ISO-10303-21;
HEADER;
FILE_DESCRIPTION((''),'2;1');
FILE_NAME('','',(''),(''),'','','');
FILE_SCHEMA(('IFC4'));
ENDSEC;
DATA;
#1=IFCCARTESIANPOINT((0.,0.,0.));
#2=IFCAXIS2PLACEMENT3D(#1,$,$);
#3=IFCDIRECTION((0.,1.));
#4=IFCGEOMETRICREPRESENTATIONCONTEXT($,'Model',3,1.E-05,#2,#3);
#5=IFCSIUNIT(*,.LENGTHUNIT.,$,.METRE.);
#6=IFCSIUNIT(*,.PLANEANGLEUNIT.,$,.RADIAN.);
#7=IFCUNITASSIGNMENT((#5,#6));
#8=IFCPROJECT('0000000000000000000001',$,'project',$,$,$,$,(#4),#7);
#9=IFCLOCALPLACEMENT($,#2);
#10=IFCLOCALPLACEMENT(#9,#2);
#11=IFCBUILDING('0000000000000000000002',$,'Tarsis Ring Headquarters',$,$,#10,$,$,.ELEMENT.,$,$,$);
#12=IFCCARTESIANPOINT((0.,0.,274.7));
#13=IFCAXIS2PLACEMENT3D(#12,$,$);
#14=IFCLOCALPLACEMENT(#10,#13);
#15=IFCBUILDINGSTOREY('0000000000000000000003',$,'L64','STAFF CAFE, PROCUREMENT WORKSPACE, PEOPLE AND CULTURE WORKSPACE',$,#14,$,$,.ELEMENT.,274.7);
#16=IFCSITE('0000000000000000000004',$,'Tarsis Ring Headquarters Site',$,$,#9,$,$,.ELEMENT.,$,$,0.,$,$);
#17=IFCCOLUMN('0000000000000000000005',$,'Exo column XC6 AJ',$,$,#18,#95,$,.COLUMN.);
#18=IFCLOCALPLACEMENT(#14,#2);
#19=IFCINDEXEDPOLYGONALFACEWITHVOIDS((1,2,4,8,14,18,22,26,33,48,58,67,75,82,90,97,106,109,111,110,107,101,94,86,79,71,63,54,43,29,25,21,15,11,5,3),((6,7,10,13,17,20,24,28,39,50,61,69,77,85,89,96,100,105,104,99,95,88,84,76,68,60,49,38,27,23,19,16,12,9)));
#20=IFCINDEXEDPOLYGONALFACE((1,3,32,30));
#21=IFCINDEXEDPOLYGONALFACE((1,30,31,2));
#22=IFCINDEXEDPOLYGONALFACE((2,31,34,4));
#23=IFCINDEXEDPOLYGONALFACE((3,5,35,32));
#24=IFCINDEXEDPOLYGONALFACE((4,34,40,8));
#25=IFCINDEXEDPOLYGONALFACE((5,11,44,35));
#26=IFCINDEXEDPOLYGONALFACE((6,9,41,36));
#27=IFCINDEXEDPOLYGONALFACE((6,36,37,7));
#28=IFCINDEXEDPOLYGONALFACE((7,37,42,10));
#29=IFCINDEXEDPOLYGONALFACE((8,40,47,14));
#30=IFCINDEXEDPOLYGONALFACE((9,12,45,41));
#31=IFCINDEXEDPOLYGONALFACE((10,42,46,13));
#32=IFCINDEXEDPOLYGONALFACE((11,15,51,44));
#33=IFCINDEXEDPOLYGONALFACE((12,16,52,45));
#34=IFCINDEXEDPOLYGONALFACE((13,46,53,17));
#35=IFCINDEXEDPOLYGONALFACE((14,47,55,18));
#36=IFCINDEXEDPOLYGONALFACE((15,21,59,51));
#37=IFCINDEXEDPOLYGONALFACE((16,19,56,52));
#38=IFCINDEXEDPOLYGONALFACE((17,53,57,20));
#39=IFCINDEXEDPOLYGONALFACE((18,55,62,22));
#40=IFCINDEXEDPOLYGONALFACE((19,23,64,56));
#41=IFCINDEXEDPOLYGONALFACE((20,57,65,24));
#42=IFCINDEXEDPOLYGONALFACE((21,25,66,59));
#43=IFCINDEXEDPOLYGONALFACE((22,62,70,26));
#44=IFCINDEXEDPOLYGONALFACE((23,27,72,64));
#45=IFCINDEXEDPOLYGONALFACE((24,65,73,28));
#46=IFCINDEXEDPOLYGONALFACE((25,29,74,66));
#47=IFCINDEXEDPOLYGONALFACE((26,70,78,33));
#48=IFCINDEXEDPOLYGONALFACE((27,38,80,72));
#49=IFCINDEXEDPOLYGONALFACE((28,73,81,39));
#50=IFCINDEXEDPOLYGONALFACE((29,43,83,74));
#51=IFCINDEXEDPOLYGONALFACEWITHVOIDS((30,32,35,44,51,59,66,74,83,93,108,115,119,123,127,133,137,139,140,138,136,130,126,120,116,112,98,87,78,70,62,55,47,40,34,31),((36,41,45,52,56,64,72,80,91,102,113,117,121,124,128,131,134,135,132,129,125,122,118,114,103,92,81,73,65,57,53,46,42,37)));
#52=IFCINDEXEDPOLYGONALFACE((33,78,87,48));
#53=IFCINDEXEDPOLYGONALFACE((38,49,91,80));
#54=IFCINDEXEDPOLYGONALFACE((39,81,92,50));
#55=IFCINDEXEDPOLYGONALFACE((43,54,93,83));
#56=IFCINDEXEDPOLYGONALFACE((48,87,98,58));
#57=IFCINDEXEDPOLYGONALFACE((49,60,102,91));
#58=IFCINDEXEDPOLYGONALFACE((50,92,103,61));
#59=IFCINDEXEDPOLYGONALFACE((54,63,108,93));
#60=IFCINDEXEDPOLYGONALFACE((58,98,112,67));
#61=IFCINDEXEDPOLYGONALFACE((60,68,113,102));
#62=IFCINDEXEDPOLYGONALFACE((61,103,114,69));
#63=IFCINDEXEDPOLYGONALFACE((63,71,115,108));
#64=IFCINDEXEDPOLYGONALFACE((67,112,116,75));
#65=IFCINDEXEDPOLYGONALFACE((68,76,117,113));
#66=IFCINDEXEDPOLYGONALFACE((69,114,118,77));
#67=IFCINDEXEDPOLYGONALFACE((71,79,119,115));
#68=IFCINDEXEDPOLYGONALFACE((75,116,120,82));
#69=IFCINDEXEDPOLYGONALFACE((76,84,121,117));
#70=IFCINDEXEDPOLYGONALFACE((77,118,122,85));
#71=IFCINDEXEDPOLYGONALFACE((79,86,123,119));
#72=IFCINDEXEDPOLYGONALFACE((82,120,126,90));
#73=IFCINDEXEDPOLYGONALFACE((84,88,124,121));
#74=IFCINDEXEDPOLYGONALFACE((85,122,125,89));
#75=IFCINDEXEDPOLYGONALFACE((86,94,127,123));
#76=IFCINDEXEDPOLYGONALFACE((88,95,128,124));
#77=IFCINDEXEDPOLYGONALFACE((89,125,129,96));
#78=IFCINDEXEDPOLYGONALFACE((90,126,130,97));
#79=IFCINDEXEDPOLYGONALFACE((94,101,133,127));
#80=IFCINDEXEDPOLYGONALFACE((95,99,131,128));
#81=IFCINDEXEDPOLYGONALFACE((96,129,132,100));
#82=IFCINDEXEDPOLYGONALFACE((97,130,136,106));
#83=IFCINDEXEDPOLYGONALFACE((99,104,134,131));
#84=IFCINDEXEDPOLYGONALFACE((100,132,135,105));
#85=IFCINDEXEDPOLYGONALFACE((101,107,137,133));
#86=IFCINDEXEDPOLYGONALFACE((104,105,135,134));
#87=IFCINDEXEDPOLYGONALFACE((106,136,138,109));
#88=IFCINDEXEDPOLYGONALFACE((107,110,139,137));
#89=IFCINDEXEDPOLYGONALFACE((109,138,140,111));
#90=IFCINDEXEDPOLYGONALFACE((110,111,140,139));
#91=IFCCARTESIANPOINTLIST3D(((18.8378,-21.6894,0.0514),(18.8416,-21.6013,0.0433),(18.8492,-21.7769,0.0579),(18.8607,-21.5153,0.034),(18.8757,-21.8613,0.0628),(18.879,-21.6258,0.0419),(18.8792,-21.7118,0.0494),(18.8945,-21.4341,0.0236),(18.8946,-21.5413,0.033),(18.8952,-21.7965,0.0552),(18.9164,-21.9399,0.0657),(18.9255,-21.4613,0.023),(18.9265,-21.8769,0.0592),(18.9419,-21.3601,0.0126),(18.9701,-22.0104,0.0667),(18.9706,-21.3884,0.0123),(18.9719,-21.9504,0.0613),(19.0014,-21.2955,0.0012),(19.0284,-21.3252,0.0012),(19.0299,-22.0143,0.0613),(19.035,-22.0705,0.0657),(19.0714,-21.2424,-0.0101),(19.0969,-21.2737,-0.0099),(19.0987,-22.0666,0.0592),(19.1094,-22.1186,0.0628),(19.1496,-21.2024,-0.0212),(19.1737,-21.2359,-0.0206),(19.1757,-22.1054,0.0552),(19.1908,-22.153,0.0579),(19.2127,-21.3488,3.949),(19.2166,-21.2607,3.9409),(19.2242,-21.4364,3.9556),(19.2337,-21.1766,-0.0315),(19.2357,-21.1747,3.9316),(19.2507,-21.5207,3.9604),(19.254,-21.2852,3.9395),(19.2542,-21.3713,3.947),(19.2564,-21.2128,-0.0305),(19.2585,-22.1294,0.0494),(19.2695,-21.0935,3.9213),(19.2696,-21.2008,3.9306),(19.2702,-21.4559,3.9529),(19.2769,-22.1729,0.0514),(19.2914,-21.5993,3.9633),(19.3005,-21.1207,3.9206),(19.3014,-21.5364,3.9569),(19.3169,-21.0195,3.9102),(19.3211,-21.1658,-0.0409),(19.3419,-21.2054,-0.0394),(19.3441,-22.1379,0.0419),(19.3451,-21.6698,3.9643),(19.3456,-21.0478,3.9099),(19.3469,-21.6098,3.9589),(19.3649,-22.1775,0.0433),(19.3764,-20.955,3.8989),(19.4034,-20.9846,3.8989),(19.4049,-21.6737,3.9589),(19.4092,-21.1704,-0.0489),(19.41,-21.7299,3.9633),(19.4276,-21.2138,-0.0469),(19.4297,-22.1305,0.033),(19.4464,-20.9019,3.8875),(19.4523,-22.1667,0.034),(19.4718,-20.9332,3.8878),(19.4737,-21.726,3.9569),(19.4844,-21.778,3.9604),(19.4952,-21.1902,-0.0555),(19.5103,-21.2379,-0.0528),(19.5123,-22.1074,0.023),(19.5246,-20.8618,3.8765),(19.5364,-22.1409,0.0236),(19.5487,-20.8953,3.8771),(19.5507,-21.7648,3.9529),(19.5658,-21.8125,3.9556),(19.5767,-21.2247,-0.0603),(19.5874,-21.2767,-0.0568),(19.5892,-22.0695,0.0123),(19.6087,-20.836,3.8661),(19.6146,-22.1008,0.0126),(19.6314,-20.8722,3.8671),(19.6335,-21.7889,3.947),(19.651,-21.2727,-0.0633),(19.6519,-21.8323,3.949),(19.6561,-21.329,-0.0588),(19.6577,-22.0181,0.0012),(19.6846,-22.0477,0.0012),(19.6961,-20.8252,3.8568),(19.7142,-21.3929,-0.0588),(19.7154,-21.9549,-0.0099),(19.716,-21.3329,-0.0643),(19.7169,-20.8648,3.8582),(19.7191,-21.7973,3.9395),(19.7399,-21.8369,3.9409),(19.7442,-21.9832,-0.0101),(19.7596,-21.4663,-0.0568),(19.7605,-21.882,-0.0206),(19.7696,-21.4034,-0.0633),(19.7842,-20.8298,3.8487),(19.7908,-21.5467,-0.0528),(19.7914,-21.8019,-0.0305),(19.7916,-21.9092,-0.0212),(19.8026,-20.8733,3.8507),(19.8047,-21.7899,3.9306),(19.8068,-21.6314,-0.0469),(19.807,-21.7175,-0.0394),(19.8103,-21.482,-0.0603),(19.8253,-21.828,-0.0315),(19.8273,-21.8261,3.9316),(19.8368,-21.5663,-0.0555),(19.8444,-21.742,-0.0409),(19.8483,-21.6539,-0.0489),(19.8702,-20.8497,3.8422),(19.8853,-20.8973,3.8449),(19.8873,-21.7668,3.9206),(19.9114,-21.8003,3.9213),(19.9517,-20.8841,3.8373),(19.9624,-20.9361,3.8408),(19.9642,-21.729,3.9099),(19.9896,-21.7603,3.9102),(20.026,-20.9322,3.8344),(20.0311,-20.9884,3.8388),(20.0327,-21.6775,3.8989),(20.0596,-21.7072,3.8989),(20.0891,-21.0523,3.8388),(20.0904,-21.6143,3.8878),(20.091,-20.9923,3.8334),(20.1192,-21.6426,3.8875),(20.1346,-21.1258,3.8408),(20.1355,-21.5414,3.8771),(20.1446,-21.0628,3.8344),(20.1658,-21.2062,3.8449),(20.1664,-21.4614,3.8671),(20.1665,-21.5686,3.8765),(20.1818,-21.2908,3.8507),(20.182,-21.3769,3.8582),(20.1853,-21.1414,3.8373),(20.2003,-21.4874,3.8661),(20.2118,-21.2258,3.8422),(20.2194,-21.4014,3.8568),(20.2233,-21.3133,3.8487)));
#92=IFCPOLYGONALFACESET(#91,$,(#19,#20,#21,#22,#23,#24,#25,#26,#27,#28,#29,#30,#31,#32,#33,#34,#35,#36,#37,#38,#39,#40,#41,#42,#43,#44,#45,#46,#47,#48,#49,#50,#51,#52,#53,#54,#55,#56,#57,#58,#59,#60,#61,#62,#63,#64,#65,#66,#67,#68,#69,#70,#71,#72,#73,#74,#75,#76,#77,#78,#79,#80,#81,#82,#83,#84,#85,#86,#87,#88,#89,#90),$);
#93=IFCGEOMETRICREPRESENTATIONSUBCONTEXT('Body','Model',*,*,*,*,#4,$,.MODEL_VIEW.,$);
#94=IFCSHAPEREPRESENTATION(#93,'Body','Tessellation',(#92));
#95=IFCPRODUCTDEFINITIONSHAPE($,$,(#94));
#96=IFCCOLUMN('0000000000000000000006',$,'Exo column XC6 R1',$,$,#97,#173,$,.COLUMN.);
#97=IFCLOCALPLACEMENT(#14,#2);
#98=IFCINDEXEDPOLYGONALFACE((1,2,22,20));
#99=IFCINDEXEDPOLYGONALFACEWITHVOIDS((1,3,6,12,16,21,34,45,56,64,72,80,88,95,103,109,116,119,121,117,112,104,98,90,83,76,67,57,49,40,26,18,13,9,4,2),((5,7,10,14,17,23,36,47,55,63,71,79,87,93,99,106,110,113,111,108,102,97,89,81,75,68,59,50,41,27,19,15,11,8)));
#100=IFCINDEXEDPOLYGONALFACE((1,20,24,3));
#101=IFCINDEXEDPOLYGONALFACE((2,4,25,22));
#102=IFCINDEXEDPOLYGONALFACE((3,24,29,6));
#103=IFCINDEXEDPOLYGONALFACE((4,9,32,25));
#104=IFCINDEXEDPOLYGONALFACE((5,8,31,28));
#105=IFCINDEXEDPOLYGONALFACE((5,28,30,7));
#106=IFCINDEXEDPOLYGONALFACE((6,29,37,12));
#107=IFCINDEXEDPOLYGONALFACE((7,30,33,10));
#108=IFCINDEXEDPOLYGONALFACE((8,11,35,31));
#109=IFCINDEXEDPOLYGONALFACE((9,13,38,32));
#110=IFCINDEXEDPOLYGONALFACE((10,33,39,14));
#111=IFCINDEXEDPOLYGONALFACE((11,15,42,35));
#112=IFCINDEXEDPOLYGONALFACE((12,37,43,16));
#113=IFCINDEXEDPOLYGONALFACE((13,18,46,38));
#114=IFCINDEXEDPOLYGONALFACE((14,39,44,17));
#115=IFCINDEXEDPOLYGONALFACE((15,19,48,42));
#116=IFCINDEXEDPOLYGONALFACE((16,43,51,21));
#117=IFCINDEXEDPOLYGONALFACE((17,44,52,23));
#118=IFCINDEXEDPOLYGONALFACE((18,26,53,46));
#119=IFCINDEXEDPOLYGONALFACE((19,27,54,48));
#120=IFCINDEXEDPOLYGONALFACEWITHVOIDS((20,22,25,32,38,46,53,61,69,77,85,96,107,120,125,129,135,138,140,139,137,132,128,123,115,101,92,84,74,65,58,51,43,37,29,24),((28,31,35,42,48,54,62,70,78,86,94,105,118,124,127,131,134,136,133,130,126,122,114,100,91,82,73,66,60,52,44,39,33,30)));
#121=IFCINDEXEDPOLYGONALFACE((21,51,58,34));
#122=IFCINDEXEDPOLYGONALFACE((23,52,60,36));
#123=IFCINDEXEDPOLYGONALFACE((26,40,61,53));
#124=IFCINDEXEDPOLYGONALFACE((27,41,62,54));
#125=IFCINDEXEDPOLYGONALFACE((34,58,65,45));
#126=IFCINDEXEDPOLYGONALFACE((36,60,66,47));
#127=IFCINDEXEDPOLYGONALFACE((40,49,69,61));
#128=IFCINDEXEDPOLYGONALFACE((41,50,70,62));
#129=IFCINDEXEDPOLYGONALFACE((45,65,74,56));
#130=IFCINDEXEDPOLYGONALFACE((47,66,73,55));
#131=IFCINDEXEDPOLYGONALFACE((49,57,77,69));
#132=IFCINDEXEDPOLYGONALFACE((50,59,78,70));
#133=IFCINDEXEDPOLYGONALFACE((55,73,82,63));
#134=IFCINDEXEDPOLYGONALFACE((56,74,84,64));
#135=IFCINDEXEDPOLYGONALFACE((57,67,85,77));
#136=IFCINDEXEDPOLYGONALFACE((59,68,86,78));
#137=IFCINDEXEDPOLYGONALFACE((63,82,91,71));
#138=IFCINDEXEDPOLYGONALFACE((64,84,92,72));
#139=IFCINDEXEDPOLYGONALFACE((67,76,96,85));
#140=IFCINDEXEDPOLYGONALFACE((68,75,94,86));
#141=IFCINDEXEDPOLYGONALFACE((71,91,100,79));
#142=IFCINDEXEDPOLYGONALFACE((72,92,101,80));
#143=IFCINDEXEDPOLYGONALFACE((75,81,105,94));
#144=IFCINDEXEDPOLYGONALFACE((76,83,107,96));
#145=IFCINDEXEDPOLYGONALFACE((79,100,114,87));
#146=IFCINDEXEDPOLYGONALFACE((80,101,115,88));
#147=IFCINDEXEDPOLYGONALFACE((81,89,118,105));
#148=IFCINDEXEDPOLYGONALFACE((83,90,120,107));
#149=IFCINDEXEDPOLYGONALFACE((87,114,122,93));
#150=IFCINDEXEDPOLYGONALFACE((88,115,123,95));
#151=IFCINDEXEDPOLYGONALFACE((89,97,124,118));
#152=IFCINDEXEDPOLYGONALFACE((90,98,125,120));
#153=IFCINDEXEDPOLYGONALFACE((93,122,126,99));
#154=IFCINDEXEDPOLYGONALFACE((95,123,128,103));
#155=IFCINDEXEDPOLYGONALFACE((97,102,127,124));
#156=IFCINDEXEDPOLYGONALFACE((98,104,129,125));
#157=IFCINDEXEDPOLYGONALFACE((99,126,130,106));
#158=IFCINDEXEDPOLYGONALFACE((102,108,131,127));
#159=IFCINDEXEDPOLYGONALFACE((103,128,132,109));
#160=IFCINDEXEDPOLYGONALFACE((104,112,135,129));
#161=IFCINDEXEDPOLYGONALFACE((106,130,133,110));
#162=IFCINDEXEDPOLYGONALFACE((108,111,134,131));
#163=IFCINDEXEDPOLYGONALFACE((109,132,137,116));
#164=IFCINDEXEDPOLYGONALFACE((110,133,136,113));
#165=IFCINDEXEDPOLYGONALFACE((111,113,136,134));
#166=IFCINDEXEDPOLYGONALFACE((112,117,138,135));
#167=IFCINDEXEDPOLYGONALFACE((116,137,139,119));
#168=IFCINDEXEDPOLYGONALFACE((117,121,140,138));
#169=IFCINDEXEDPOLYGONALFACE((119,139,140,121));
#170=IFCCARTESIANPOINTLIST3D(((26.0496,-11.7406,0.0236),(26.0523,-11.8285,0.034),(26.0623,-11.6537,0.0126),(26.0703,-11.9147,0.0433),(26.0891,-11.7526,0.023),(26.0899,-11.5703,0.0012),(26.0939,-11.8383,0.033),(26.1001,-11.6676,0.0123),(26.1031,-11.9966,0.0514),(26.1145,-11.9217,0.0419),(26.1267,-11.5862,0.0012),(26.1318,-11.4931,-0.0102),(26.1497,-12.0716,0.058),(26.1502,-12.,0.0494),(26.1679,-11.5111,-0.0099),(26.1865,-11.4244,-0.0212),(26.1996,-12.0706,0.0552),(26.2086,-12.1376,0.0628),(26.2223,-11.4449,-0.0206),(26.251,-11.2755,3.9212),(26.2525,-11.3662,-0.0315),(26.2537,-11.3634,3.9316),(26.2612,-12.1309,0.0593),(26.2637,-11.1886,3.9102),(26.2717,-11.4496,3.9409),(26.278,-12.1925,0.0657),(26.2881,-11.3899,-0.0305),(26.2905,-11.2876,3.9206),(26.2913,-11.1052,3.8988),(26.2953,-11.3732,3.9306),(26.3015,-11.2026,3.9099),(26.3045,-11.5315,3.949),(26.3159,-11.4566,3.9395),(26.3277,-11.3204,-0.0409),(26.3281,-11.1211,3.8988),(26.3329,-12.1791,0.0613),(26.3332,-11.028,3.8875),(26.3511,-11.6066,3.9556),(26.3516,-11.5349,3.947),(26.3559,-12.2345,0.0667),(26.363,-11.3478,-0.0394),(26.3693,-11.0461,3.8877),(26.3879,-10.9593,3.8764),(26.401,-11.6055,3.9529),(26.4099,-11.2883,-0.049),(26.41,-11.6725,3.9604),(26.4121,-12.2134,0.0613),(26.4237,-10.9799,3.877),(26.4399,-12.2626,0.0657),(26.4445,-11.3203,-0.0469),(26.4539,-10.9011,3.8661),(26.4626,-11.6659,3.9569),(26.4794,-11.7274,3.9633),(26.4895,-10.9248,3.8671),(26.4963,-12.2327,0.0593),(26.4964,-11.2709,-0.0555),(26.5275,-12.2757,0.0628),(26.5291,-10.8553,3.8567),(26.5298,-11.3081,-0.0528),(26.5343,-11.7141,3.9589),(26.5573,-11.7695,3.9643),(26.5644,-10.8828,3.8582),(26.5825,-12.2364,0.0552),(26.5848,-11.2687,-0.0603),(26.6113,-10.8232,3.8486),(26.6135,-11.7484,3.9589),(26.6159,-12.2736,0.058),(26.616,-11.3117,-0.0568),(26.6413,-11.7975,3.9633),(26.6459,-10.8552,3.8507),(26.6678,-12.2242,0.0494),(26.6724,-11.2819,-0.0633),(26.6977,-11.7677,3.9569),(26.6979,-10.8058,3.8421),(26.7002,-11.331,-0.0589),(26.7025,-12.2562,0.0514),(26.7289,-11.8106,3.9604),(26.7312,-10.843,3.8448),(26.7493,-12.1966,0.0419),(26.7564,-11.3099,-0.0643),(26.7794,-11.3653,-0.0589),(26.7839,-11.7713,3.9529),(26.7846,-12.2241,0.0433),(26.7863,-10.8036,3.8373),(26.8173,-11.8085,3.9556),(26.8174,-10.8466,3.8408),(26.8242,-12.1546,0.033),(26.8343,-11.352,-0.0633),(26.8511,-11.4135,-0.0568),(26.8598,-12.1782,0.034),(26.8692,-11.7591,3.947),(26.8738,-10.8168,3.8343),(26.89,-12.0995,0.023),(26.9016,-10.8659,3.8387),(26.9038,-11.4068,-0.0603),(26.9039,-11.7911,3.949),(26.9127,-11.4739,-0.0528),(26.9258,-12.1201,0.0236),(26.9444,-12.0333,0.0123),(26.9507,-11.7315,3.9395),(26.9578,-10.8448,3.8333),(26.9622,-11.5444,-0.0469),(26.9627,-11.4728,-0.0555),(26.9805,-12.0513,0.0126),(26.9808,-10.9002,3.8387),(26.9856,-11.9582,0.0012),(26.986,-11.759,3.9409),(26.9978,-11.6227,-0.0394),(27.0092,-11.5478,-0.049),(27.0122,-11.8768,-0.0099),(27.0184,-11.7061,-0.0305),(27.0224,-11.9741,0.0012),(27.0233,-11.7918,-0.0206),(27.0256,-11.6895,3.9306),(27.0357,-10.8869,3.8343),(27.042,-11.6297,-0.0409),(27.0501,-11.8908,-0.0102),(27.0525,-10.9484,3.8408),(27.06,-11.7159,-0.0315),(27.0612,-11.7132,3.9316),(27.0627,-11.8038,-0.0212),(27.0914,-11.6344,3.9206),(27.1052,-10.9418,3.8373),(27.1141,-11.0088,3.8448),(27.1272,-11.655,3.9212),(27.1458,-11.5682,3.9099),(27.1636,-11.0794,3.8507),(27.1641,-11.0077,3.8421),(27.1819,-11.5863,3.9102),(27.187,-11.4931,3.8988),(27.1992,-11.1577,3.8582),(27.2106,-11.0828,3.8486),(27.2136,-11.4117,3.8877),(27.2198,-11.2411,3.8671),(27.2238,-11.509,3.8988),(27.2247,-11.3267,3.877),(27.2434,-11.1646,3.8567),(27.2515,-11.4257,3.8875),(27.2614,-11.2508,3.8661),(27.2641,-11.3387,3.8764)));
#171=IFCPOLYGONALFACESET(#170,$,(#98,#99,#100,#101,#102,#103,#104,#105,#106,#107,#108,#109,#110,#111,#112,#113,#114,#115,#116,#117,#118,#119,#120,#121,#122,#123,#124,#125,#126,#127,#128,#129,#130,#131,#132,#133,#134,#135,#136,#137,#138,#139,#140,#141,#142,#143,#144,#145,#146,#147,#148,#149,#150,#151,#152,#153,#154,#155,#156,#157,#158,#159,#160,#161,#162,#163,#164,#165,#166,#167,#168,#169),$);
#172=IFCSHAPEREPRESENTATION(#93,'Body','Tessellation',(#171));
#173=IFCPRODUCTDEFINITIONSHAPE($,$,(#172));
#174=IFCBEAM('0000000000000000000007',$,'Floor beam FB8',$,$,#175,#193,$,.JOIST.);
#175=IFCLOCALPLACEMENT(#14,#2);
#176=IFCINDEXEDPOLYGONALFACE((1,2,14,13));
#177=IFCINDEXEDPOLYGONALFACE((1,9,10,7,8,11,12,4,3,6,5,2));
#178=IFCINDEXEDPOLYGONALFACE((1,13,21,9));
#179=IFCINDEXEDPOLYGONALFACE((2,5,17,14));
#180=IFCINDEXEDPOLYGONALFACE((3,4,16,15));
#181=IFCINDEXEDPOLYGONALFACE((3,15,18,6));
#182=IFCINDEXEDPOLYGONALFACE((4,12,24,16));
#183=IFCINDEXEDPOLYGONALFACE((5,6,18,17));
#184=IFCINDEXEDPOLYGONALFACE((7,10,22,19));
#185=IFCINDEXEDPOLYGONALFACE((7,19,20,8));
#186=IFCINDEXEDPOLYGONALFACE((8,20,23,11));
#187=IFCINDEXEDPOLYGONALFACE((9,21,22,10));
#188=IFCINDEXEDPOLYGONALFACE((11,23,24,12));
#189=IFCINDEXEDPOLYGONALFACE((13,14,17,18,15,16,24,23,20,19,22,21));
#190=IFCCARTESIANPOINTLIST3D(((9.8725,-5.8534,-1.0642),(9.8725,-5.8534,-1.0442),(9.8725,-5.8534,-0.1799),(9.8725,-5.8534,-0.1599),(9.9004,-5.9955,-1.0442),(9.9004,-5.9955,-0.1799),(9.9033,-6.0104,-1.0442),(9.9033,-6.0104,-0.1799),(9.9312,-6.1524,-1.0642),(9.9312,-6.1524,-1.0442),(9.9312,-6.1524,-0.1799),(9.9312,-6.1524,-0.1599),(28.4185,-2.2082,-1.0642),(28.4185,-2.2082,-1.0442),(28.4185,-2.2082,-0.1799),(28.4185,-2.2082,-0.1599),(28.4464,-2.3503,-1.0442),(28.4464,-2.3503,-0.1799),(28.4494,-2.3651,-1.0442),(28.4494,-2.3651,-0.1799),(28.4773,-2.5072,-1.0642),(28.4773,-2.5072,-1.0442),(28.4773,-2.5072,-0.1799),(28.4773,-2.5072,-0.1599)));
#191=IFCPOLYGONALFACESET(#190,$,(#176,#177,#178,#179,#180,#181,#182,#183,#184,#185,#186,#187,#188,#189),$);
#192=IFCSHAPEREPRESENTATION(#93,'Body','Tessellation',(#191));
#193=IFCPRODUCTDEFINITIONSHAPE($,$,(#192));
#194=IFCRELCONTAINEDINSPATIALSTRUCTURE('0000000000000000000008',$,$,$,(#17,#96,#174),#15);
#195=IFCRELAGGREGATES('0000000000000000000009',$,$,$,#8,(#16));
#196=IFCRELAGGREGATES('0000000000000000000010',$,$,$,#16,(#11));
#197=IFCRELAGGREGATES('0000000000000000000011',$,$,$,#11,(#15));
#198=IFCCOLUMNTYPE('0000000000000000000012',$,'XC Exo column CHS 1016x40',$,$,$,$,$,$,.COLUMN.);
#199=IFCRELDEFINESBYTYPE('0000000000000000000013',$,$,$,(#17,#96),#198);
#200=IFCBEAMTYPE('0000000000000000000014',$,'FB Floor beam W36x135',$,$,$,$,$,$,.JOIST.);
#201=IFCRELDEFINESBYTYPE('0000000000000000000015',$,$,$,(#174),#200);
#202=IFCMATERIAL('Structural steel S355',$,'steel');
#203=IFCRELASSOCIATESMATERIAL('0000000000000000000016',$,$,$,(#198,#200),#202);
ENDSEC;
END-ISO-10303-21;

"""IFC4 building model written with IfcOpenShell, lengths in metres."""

from ifc_helpers import new_model, si_unit, direction, frame, origin, origin_2d, place, context, subcontext, project, spatial, hollow_circle, i_section, extrude, material, material_profile, profile_set, type_object, element, save


model = new_model("IFC4")

# Units and contexts
model_context = context("Model", 3, precision=1e-05, world=origin(), true_north=direction((0.0, 1.0)))
body_context = subcontext(model_context, "Body", "Model", "MODEL_VIEW")
ifc_project = project(units=[si_unit("LENGTHUNIT", "METRE"), si_unit("PLANEANGLEUNIT", "RADIAN")], contexts=[model_context])

# Site, building, storey
site_placement = place(None, origin())
site = spatial("IfcSite", under=ifc_project, at=site_placement, Name="Tarsis Ring Headquarters Site", CompositionType="ELEMENT", RefElevation=0.0)
building_placement = place(site_placement, origin())
building = spatial("IfcBuilding", under=site, at=building_placement, Name="Tarsis Ring Headquarters", CompositionType="ELEMENT")
storey_placement = place(building_placement, frame((0.0, 0.0, 274.7)))
storey = spatial("IfcBuildingStorey", under=building, at=storey_placement, Name="L64", Description="STAFF CAFE, PROCUREMENT WORKSPACE, PEOPLE AND CULTURE WORKSPACE", CompositionType="ELEMENT", Elevation=274.7)

# Columns
ifc_material_1 = material(Name="Structural steel S355", Category="steel")
ifc_material_profile_1 = material_profile(ifc_material_1, hollow_circle(Radius=0.5081, WallThickness=0.04, at=origin_2d()), Name="CHS 1016x40")
ifc_profile_set_1 = profile_set([ifc_material_profile_1], Name="Structural steel S355")
column_type = type_object("IfcColumnType", Name="XC Exo column CHS 1016x40", PredefinedType="COLUMN", material=ifc_profile_set_1)
for number, where, z_axis, x_axis, name in (
    (1, (19.343, -21.6716, 0.0012), (0.095408, 0.08665, 0.99166), (-0.672313, 0.740267, 0.0), "Exo column XC6 AJ"),
    (2, (26.5562, -11.7722, 0.0012), (0.051244, 0.118327, 0.991651), (-0.917643, 0.397405, 0.0), "Exo column XC6 R1"),
):
    element("IfcColumn", number, at=place(storey_placement, frame(where, z_axis=z_axis, x_axis=x_axis)), inside=storey, type_object=column_type, Name=name, PredefinedType="COLUMN", context=body_context, shape_type="SweptSolid", body=[
        extrude(hollow_circle(Radius=0.5081, WallThickness=0.04, at=origin_2d()), origin(), (0.0, 0.0, 1.0), 3.9304),
    ])

# Beam
ifc_material_profile_2 = material_profile(ifc_material_1, i_section(OverallWidth=0.3047, OverallDepth=0.9043, WebThickness=0.0151, FlangeThickness=0.02, at=origin_2d()), Name="W36x135")
ifc_profile_set_2 = profile_set([ifc_material_profile_2], Name="Structural steel S355")
beam_type_1 = type_object("IfcBeamType", Name="FB Floor beam W36x135", PredefinedType="JOIST", material=ifc_profile_set_2)
beam_1_placement = place(storey_placement, frame((9.9019, -6.0029, -0.6121), z_axis=(0.981226, 0.192861, 0.0), x_axis=(-0.192861, 0.981226, 0.0)))
element("IfcBeam", 3, at=beam_1_placement, inside=storey, type_object=beam_type_1, Name="Floor beam FB8", PredefinedType="JOIST", context=body_context, shape_type="SweptSolid", body=[
    extrude(i_section(OverallWidth=0.3047, OverallDepth=0.9043, WebThickness=0.0151, FlangeThickness=0.02, at=origin_2d()), origin(), (0.0, 0.0, 1.0), 18.9009),
])

save(model, "model.ifc")
